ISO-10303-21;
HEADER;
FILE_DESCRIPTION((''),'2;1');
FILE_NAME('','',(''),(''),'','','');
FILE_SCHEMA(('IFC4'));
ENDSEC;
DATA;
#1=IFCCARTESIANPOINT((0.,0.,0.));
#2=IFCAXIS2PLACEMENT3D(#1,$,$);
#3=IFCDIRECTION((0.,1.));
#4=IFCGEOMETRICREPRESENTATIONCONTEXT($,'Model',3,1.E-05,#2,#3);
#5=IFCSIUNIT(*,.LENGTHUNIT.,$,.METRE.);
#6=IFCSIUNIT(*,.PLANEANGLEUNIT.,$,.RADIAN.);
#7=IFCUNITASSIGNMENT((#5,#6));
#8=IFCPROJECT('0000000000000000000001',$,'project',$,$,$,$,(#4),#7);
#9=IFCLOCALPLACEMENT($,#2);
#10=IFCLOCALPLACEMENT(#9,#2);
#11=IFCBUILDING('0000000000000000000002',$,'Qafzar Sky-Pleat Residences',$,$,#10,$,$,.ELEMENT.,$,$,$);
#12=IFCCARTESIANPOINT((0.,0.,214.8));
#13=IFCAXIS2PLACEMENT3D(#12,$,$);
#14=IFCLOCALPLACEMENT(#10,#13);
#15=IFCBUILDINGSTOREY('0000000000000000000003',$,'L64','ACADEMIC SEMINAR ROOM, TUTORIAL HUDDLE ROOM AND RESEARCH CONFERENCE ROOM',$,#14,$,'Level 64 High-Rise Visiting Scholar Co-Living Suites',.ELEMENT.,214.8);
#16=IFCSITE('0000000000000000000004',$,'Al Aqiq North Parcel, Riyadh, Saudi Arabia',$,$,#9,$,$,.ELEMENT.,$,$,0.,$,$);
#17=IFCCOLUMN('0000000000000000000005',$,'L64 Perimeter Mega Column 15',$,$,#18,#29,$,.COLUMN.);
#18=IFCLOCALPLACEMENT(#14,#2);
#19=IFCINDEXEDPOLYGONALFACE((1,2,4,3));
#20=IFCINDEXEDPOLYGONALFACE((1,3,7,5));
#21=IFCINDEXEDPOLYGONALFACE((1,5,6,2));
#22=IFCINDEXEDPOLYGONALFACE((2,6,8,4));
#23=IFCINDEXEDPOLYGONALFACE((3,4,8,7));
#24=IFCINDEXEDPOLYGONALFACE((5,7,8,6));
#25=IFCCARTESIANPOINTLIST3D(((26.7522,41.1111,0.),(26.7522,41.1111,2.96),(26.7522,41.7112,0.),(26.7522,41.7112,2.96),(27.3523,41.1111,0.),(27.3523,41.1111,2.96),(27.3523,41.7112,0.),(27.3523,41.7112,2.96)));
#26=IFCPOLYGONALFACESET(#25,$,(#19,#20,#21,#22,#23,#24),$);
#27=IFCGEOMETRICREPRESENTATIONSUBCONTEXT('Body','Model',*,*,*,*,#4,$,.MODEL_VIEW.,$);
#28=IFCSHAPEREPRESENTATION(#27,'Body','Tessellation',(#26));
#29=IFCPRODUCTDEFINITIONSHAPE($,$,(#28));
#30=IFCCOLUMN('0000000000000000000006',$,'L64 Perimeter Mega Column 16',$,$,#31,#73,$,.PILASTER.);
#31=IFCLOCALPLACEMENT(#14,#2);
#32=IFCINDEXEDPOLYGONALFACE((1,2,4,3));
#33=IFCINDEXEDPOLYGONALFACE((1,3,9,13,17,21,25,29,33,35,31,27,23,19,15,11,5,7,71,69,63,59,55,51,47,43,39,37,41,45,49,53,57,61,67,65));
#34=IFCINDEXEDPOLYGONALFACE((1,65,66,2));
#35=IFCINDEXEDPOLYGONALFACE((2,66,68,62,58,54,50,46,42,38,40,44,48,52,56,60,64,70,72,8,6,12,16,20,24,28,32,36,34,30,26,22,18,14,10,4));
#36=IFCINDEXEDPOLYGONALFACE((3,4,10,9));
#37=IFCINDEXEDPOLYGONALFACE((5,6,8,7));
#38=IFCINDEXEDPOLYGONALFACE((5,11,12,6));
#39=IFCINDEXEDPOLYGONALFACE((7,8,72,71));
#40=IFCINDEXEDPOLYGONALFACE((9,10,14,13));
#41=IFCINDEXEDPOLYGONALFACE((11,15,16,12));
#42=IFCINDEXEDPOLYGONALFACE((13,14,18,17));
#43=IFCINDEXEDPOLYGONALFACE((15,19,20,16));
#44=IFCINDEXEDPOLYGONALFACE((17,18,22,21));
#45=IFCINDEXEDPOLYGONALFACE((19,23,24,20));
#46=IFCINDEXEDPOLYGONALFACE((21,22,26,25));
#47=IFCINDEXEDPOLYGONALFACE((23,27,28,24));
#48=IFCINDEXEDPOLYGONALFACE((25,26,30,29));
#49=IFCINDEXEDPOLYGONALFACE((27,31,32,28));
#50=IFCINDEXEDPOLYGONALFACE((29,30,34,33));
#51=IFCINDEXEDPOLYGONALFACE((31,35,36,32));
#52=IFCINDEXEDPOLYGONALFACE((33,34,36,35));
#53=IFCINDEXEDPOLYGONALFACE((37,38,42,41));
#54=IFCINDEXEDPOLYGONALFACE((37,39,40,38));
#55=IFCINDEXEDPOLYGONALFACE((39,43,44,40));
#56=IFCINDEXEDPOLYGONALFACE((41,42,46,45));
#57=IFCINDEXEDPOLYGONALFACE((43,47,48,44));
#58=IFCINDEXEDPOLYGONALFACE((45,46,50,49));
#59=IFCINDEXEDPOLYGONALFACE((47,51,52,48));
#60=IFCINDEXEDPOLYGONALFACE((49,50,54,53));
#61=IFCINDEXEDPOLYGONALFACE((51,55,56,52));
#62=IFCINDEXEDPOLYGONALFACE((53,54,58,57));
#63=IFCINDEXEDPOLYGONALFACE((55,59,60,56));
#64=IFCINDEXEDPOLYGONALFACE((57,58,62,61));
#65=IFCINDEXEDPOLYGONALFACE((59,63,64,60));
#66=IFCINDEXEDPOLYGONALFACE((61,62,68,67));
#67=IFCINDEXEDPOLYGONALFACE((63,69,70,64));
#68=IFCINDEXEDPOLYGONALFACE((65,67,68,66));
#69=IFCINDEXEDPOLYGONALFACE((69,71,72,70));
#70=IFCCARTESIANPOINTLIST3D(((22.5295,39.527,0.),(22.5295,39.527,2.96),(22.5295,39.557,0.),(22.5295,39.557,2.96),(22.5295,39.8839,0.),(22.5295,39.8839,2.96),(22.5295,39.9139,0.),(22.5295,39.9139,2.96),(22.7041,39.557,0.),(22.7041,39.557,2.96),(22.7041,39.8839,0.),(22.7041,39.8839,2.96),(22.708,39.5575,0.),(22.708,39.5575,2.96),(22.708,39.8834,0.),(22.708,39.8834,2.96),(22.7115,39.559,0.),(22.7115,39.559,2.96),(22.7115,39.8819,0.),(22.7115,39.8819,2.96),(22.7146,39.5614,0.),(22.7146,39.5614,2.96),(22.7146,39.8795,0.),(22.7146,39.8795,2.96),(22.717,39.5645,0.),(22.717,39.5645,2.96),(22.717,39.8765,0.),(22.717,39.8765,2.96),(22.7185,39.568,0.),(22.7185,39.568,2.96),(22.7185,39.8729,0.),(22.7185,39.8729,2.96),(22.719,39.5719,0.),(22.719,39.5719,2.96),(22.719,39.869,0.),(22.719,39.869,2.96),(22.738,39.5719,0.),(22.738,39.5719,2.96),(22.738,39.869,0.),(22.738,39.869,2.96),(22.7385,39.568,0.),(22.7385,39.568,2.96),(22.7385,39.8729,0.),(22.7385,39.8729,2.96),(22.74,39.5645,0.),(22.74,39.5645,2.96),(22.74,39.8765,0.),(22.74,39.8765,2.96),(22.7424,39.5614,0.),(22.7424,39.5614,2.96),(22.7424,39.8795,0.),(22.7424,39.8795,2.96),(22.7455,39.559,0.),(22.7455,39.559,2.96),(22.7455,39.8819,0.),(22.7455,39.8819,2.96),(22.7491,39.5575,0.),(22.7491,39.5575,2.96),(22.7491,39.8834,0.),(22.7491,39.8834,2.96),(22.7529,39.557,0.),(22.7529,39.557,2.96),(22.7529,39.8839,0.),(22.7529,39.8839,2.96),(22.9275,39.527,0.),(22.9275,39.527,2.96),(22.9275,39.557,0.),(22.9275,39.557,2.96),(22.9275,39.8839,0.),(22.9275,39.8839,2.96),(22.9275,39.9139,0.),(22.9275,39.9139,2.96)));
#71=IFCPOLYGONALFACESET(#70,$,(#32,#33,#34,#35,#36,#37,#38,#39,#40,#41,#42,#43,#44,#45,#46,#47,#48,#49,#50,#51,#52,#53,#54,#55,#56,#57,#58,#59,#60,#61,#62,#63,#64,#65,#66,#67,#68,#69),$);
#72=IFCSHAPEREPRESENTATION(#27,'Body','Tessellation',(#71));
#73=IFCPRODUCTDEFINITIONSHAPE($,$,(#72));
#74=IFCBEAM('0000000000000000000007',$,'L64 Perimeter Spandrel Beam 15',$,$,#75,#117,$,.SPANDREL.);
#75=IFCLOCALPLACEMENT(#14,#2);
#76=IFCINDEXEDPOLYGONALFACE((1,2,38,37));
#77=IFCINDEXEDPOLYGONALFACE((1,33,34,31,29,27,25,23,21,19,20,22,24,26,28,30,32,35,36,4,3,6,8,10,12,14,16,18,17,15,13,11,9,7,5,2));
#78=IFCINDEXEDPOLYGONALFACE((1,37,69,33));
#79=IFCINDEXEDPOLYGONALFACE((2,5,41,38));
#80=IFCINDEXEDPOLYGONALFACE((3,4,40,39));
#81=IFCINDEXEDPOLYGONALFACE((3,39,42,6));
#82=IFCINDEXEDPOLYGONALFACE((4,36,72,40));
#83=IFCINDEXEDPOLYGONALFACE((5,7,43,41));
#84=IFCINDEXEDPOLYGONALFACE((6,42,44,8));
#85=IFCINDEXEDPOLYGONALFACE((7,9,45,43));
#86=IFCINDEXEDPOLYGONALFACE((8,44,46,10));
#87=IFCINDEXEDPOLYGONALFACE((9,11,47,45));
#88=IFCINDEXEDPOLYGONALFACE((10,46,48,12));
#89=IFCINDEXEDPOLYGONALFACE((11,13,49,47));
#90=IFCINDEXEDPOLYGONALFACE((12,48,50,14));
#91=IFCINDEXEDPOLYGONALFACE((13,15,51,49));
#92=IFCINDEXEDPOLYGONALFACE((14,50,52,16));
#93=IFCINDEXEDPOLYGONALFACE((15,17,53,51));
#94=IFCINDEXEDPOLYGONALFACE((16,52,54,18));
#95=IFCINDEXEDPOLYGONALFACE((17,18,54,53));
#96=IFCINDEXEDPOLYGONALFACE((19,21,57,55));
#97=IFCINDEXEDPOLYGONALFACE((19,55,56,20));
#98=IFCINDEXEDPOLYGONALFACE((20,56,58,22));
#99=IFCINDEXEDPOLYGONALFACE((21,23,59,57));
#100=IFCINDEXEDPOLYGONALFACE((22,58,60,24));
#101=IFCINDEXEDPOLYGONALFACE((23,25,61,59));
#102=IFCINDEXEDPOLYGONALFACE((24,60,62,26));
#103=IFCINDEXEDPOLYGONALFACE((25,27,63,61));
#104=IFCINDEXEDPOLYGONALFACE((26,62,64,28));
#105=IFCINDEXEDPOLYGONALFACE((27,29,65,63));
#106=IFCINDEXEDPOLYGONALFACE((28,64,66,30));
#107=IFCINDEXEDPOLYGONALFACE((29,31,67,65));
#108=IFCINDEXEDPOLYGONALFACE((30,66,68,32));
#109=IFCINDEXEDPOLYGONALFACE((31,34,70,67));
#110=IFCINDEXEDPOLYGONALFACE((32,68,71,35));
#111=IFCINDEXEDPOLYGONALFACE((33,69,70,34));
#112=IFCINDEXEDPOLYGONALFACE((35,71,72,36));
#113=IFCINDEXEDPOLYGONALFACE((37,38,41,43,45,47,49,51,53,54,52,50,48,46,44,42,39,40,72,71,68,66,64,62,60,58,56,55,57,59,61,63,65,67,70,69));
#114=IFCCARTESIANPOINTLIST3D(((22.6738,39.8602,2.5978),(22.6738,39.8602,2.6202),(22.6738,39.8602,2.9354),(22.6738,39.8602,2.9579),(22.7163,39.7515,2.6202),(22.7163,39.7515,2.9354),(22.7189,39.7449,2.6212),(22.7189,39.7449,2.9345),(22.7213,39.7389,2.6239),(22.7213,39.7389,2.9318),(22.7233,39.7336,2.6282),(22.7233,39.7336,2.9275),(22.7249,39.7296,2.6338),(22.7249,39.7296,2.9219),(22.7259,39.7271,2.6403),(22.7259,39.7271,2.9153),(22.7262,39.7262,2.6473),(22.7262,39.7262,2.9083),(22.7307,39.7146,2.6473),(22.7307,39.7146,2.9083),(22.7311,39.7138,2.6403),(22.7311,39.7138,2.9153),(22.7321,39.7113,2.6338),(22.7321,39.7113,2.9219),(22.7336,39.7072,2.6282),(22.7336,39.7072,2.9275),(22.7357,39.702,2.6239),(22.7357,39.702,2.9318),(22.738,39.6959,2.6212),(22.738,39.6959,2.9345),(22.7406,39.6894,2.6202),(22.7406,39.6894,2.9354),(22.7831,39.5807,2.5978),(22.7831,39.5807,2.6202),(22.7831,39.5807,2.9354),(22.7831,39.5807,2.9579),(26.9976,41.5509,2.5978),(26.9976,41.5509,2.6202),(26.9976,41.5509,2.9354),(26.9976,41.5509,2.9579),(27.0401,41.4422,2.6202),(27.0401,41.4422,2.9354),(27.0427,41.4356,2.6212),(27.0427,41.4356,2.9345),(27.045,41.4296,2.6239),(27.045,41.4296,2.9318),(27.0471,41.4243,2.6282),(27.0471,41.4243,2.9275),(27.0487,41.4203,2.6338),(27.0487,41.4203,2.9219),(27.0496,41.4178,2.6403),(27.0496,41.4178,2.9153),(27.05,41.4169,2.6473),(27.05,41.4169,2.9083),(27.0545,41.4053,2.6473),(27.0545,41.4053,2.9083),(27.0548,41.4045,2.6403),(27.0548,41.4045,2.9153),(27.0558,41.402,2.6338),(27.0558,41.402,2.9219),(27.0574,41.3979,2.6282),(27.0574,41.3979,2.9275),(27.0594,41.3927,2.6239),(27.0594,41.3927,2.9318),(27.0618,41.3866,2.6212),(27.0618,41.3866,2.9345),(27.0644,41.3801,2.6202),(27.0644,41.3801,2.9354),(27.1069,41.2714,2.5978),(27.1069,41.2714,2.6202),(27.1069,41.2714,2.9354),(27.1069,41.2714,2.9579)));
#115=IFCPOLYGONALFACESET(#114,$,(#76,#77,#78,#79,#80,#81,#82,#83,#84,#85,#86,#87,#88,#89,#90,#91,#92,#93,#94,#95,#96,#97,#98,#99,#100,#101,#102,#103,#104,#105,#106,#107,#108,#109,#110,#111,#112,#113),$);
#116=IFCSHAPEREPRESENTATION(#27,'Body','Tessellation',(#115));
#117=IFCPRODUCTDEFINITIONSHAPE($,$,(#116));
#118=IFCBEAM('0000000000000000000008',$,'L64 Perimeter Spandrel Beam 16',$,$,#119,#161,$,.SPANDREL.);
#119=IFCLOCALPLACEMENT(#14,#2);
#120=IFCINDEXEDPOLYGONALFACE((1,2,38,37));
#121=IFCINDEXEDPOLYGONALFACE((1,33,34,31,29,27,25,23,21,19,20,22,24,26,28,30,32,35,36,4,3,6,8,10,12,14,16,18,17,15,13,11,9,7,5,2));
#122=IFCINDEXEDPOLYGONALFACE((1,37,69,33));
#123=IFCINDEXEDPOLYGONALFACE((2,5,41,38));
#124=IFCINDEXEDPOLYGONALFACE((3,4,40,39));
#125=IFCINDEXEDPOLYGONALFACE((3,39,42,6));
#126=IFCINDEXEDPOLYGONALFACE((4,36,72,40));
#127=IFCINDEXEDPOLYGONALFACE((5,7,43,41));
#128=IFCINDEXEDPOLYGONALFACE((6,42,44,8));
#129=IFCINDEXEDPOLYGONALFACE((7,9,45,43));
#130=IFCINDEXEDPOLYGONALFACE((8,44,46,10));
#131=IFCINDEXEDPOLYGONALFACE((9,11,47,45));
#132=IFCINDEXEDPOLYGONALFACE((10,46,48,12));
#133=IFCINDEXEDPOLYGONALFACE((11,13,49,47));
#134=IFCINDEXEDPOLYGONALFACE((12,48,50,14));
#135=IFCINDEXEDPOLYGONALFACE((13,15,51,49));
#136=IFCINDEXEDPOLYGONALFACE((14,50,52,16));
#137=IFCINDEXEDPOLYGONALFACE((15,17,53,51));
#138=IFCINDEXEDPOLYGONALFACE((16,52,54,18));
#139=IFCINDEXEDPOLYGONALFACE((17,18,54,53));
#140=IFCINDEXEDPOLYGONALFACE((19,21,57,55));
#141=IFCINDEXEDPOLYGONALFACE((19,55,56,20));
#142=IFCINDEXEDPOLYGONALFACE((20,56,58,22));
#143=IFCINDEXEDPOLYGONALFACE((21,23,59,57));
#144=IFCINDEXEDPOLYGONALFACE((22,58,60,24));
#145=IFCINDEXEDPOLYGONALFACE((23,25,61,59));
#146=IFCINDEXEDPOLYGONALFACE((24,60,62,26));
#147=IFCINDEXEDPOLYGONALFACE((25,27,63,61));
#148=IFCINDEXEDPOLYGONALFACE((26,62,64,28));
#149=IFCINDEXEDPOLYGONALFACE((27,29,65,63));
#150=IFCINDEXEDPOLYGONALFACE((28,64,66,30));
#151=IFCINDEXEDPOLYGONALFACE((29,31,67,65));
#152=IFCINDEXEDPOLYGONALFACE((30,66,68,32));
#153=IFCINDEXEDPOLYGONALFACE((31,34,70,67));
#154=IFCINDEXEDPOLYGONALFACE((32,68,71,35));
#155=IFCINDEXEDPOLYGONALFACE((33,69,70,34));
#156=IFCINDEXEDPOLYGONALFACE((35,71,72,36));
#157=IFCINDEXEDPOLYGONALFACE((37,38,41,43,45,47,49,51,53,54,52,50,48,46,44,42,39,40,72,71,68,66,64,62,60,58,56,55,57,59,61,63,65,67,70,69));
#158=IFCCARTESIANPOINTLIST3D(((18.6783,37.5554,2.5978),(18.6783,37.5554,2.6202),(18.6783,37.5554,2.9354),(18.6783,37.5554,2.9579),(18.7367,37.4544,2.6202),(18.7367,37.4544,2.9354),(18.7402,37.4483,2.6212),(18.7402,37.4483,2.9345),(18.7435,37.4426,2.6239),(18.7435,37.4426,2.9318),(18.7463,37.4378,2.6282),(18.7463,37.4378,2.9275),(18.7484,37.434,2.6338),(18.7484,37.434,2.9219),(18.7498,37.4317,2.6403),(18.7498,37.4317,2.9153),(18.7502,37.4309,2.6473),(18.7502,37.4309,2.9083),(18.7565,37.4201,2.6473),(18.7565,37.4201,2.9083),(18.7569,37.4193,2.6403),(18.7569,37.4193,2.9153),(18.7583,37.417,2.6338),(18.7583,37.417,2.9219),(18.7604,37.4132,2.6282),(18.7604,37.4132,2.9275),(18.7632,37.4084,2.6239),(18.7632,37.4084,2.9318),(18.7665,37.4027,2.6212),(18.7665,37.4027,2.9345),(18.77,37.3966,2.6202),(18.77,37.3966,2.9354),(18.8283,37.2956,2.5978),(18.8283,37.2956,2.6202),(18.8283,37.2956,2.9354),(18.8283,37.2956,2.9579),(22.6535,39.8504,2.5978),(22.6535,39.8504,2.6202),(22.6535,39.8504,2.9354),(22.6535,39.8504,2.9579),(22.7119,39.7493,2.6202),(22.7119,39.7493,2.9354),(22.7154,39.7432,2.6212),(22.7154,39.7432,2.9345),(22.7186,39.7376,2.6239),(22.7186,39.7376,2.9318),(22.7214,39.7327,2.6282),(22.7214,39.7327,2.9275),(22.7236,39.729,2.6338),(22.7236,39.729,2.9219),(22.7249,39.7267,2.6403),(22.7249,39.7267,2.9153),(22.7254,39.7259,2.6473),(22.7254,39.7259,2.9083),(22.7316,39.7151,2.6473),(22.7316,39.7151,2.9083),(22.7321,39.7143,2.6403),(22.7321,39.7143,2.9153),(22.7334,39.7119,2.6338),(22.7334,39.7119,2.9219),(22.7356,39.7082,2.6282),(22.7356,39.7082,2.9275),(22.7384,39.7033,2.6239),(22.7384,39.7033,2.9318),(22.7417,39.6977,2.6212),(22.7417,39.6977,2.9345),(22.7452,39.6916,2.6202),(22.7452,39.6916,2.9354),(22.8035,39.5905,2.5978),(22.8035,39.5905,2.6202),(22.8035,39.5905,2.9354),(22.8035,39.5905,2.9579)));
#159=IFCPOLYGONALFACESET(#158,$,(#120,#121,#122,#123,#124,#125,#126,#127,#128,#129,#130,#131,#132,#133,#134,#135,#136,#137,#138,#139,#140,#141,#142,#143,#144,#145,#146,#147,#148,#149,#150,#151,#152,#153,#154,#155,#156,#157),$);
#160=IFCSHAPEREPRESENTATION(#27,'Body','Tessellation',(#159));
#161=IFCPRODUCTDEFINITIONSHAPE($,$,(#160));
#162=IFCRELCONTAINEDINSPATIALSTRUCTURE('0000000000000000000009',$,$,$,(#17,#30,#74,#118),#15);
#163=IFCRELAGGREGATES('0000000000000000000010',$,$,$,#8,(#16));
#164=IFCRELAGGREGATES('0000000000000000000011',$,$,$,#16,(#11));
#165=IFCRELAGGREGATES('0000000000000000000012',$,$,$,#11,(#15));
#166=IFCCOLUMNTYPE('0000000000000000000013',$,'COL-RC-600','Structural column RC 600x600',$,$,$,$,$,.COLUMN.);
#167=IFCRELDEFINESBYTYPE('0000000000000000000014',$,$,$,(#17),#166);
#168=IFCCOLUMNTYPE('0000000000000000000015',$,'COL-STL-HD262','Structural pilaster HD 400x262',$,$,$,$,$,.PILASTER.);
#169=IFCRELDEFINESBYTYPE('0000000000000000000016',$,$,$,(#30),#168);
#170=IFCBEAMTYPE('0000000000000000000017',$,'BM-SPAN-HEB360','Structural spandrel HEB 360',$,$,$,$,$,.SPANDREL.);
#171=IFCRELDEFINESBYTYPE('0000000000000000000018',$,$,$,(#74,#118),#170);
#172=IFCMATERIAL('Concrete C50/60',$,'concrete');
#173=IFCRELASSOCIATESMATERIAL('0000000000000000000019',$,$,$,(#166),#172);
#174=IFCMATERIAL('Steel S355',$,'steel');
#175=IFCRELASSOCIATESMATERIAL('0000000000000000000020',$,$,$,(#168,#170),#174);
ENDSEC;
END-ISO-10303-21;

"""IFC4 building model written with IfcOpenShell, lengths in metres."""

from ifc_helpers import new_model, si_unit, direction, frame, origin, origin_2d, place, context, subcontext, project, spatial, rectangle, i_section, extrude, source, transform, mapped, material, material_profile, profile_set, type_object, element, save


model = new_model("IFC4")

# Units and contexts
model_context = context("Model", 3, precision=1e-05, world=origin(), true_north=direction((0.0, 1.0)))
body_context = subcontext(model_context, "Body", "Model", "MODEL_VIEW")
ifc_project = project(units=[si_unit("LENGTHUNIT", "METRE"), si_unit("PLANEANGLEUNIT", "RADIAN")], contexts=[model_context])

# Site, building, storey
site_placement = place(None, origin())
site = spatial("IfcSite", under=ifc_project, at=site_placement, Name="Al Aqiq North Parcel, Riyadh, Saudi Arabia", CompositionType="ELEMENT", RefElevation=0.0)
building_placement = place(site_placement, origin())
building = spatial("IfcBuilding", under=site, at=building_placement, Name="Qafzar Sky-Pleat Residences", CompositionType="ELEMENT")
storey_placement = place(building_placement, frame((0.0, 0.0, 214.8)))
storey = spatial("IfcBuildingStorey", under=building, at=storey_placement, Name="L64", Description="ACADEMIC SEMINAR ROOM, TUTORIAL HUDDLE ROOM AND RESEARCH CONFERENCE ROOM", LongName="Level 64 High-Rise Visiting Scholar Co-Living Suites", CompositionType="ELEMENT", Elevation=214.8)

# Columns
ifc_material_1 = material(Name="Concrete C50/60", Category="concrete")
ifc_material_profile_1 = material_profile(ifc_material_1, rectangle(XDim=0.6001, YDim=0.6001, at=origin_2d()), Name="RC 600x600")
ifc_profile_set_1 = profile_set([ifc_material_profile_1], Name="Concrete C50/60")
column_type_1 = type_object("IfcColumnType", Name="COL-RC-600", Description="Structural column RC 600x600", PredefinedType="COLUMN", material=ifc_profile_set_1)
shared_shape_1 = source(origin(), body_context, "Body", "SweptSolid", [
    extrude(rectangle(XDim=0.6001, YDim=0.6001, at=origin_2d()), origin(), (0.0, 0.0, 1.0), 2.96),
])
column_1_placement = place(storey_placement, frame((27.0522, 41.4111, 0.0), z_axis=(0.0, 0.0, 1.0), x_axis=(1.0, 0.0, 0.0)))
element("IfcColumn", 1, at=column_1_placement, inside=storey, type_object=column_type_1, Name="L64 Perimeter Mega Column 15", PredefinedType="COLUMN", context=body_context, shape_type="MappedRepresentation", body=[
    mapped(shared_shape_1, transform((0.0, 0.0, 0.0), x_axis=(1.0, 0.0, 0.0), y_axis=(0.0, 1.0, 0.0), z_axis=(0.0, 0.0, 1.0), scale=1.0)),
])
ifc_material_2 = material(Name="Steel S355", Category="steel")
ifc_material_profile_2 = material_profile(ifc_material_2, i_section(OverallWidth=0.3979, OverallDepth=0.387, WebThickness=0.019, FlangeThickness=0.03, FilletRadius=0.0149, at=origin_2d()), Name="HD 400x262")
ifc_profile_set_2 = profile_set([ifc_material_profile_2], Name="Steel S355")
column_type_2 = type_object("IfcColumnType", Name="COL-STL-HD262", Description="Structural pilaster HD 400x262", PredefinedType="PILASTER", material=ifc_profile_set_2)
shared_shape_2 = source(origin(), body_context, "Body", "SweptSolid", [
    extrude(i_section(OverallWidth=0.3979, OverallDepth=0.387, WebThickness=0.019, FlangeThickness=0.03, FilletRadius=0.0149, at=origin_2d()), origin(), (0.0, 0.0, 1.0), 2.96),
])
column_2_placement = place(storey_placement, frame((22.7285, 39.7205, 0.0), z_axis=(0.0, 0.0, 1.0), x_axis=(1.0, 0.0, 0.0)))
element("IfcColumn", 2, at=column_2_placement, inside=storey, type_object=column_type_2, Name="L64 Perimeter Mega Column 16", PredefinedType="PILASTER", context=body_context, shape_type="MappedRepresentation", body=[
    mapped(shared_shape_2, transform((0.0, 0.0, 0.0), x_axis=(1.0, 0.0, 0.0), y_axis=(0.0, 1.0, 0.0), z_axis=(0.0, 0.0, 1.0), scale=1.0)),
])

# Beams
ifc_material_profile_3 = material_profile(ifc_material_2, i_section(OverallWidth=0.3, OverallDepth=0.3601, WebThickness=0.0125, FlangeThickness=0.0225, FilletRadius=0.0271, at=origin_2d()), Name="HEB 360")
ifc_profile_set_3 = profile_set([ifc_material_profile_3], Name="Steel S355")
beam_type_1 = type_object("IfcBeamType", Name="BM-SPAN-HEB360", Description="Structural spandrel HEB 360", PredefinedType="SPANDREL", material=ifc_profile_set_3)
shared_shape_3 = source(origin(), body_context, "Body", "SweptSolid", [
    extrude(i_section(OverallWidth=0.3, OverallDepth=0.3601, WebThickness=0.0125, FlangeThickness=0.0225, FilletRadius=0.0271, at=origin_2d()), origin(), (0.0, 0.0, 1.0), 4.6426),
])
beam_1_placement = place(storey_placement, frame((27.0522, 41.4111, 2.7778), z_axis=(-0.931332, -0.364171, 0.0), x_axis=(0.364171, -0.931332, 0.0)))
element("IfcBeam", 3, at=beam_1_placement, inside=storey, type_object=beam_type_1, Name="L64 Perimeter Spandrel Beam 15", PredefinedType="SPANDREL", context=body_context, shape_type="MappedRepresentation", body=[
    mapped(shared_shape_3, transform((0.0, 0.0, 0.0), x_axis=(1.0, 0.0, 0.0), y_axis=(0.0, 1.0, 0.0), z_axis=(0.0, 0.0, 1.0), scale=1.0)),
])
shared_shape_4 = source(origin(), body_context, "Body", "SweptSolid", [
    extrude(i_section(OverallWidth=0.3, OverallDepth=0.3601, WebThickness=0.0125, FlangeThickness=0.0225, FilletRadius=0.0271, at=origin_2d()), origin(), (0.0, 0.0, 1.0), 4.5901),
])
beam_2_placement = place(storey_placement, frame((22.7285, 39.7205, 2.7778), z_axis=(-0.866035, -0.499983, 0.0), x_axis=(0.499983, -0.866035, 0.0)))
element("IfcBeam", 4, at=beam_2_placement, inside=storey, type_object=beam_type_1, Name="L64 Perimeter Spandrel Beam 16", PredefinedType="SPANDREL", context=body_context, shape_type="MappedRepresentation", body=[
    mapped(shared_shape_4, transform((0.0, 0.0, 0.0), x_axis=(1.0, 0.0, 0.0), y_axis=(0.0, 1.0, 0.0), z_axis=(0.0, 0.0, 1.0), scale=1.0)),
])

save(model, "model.ifc")
